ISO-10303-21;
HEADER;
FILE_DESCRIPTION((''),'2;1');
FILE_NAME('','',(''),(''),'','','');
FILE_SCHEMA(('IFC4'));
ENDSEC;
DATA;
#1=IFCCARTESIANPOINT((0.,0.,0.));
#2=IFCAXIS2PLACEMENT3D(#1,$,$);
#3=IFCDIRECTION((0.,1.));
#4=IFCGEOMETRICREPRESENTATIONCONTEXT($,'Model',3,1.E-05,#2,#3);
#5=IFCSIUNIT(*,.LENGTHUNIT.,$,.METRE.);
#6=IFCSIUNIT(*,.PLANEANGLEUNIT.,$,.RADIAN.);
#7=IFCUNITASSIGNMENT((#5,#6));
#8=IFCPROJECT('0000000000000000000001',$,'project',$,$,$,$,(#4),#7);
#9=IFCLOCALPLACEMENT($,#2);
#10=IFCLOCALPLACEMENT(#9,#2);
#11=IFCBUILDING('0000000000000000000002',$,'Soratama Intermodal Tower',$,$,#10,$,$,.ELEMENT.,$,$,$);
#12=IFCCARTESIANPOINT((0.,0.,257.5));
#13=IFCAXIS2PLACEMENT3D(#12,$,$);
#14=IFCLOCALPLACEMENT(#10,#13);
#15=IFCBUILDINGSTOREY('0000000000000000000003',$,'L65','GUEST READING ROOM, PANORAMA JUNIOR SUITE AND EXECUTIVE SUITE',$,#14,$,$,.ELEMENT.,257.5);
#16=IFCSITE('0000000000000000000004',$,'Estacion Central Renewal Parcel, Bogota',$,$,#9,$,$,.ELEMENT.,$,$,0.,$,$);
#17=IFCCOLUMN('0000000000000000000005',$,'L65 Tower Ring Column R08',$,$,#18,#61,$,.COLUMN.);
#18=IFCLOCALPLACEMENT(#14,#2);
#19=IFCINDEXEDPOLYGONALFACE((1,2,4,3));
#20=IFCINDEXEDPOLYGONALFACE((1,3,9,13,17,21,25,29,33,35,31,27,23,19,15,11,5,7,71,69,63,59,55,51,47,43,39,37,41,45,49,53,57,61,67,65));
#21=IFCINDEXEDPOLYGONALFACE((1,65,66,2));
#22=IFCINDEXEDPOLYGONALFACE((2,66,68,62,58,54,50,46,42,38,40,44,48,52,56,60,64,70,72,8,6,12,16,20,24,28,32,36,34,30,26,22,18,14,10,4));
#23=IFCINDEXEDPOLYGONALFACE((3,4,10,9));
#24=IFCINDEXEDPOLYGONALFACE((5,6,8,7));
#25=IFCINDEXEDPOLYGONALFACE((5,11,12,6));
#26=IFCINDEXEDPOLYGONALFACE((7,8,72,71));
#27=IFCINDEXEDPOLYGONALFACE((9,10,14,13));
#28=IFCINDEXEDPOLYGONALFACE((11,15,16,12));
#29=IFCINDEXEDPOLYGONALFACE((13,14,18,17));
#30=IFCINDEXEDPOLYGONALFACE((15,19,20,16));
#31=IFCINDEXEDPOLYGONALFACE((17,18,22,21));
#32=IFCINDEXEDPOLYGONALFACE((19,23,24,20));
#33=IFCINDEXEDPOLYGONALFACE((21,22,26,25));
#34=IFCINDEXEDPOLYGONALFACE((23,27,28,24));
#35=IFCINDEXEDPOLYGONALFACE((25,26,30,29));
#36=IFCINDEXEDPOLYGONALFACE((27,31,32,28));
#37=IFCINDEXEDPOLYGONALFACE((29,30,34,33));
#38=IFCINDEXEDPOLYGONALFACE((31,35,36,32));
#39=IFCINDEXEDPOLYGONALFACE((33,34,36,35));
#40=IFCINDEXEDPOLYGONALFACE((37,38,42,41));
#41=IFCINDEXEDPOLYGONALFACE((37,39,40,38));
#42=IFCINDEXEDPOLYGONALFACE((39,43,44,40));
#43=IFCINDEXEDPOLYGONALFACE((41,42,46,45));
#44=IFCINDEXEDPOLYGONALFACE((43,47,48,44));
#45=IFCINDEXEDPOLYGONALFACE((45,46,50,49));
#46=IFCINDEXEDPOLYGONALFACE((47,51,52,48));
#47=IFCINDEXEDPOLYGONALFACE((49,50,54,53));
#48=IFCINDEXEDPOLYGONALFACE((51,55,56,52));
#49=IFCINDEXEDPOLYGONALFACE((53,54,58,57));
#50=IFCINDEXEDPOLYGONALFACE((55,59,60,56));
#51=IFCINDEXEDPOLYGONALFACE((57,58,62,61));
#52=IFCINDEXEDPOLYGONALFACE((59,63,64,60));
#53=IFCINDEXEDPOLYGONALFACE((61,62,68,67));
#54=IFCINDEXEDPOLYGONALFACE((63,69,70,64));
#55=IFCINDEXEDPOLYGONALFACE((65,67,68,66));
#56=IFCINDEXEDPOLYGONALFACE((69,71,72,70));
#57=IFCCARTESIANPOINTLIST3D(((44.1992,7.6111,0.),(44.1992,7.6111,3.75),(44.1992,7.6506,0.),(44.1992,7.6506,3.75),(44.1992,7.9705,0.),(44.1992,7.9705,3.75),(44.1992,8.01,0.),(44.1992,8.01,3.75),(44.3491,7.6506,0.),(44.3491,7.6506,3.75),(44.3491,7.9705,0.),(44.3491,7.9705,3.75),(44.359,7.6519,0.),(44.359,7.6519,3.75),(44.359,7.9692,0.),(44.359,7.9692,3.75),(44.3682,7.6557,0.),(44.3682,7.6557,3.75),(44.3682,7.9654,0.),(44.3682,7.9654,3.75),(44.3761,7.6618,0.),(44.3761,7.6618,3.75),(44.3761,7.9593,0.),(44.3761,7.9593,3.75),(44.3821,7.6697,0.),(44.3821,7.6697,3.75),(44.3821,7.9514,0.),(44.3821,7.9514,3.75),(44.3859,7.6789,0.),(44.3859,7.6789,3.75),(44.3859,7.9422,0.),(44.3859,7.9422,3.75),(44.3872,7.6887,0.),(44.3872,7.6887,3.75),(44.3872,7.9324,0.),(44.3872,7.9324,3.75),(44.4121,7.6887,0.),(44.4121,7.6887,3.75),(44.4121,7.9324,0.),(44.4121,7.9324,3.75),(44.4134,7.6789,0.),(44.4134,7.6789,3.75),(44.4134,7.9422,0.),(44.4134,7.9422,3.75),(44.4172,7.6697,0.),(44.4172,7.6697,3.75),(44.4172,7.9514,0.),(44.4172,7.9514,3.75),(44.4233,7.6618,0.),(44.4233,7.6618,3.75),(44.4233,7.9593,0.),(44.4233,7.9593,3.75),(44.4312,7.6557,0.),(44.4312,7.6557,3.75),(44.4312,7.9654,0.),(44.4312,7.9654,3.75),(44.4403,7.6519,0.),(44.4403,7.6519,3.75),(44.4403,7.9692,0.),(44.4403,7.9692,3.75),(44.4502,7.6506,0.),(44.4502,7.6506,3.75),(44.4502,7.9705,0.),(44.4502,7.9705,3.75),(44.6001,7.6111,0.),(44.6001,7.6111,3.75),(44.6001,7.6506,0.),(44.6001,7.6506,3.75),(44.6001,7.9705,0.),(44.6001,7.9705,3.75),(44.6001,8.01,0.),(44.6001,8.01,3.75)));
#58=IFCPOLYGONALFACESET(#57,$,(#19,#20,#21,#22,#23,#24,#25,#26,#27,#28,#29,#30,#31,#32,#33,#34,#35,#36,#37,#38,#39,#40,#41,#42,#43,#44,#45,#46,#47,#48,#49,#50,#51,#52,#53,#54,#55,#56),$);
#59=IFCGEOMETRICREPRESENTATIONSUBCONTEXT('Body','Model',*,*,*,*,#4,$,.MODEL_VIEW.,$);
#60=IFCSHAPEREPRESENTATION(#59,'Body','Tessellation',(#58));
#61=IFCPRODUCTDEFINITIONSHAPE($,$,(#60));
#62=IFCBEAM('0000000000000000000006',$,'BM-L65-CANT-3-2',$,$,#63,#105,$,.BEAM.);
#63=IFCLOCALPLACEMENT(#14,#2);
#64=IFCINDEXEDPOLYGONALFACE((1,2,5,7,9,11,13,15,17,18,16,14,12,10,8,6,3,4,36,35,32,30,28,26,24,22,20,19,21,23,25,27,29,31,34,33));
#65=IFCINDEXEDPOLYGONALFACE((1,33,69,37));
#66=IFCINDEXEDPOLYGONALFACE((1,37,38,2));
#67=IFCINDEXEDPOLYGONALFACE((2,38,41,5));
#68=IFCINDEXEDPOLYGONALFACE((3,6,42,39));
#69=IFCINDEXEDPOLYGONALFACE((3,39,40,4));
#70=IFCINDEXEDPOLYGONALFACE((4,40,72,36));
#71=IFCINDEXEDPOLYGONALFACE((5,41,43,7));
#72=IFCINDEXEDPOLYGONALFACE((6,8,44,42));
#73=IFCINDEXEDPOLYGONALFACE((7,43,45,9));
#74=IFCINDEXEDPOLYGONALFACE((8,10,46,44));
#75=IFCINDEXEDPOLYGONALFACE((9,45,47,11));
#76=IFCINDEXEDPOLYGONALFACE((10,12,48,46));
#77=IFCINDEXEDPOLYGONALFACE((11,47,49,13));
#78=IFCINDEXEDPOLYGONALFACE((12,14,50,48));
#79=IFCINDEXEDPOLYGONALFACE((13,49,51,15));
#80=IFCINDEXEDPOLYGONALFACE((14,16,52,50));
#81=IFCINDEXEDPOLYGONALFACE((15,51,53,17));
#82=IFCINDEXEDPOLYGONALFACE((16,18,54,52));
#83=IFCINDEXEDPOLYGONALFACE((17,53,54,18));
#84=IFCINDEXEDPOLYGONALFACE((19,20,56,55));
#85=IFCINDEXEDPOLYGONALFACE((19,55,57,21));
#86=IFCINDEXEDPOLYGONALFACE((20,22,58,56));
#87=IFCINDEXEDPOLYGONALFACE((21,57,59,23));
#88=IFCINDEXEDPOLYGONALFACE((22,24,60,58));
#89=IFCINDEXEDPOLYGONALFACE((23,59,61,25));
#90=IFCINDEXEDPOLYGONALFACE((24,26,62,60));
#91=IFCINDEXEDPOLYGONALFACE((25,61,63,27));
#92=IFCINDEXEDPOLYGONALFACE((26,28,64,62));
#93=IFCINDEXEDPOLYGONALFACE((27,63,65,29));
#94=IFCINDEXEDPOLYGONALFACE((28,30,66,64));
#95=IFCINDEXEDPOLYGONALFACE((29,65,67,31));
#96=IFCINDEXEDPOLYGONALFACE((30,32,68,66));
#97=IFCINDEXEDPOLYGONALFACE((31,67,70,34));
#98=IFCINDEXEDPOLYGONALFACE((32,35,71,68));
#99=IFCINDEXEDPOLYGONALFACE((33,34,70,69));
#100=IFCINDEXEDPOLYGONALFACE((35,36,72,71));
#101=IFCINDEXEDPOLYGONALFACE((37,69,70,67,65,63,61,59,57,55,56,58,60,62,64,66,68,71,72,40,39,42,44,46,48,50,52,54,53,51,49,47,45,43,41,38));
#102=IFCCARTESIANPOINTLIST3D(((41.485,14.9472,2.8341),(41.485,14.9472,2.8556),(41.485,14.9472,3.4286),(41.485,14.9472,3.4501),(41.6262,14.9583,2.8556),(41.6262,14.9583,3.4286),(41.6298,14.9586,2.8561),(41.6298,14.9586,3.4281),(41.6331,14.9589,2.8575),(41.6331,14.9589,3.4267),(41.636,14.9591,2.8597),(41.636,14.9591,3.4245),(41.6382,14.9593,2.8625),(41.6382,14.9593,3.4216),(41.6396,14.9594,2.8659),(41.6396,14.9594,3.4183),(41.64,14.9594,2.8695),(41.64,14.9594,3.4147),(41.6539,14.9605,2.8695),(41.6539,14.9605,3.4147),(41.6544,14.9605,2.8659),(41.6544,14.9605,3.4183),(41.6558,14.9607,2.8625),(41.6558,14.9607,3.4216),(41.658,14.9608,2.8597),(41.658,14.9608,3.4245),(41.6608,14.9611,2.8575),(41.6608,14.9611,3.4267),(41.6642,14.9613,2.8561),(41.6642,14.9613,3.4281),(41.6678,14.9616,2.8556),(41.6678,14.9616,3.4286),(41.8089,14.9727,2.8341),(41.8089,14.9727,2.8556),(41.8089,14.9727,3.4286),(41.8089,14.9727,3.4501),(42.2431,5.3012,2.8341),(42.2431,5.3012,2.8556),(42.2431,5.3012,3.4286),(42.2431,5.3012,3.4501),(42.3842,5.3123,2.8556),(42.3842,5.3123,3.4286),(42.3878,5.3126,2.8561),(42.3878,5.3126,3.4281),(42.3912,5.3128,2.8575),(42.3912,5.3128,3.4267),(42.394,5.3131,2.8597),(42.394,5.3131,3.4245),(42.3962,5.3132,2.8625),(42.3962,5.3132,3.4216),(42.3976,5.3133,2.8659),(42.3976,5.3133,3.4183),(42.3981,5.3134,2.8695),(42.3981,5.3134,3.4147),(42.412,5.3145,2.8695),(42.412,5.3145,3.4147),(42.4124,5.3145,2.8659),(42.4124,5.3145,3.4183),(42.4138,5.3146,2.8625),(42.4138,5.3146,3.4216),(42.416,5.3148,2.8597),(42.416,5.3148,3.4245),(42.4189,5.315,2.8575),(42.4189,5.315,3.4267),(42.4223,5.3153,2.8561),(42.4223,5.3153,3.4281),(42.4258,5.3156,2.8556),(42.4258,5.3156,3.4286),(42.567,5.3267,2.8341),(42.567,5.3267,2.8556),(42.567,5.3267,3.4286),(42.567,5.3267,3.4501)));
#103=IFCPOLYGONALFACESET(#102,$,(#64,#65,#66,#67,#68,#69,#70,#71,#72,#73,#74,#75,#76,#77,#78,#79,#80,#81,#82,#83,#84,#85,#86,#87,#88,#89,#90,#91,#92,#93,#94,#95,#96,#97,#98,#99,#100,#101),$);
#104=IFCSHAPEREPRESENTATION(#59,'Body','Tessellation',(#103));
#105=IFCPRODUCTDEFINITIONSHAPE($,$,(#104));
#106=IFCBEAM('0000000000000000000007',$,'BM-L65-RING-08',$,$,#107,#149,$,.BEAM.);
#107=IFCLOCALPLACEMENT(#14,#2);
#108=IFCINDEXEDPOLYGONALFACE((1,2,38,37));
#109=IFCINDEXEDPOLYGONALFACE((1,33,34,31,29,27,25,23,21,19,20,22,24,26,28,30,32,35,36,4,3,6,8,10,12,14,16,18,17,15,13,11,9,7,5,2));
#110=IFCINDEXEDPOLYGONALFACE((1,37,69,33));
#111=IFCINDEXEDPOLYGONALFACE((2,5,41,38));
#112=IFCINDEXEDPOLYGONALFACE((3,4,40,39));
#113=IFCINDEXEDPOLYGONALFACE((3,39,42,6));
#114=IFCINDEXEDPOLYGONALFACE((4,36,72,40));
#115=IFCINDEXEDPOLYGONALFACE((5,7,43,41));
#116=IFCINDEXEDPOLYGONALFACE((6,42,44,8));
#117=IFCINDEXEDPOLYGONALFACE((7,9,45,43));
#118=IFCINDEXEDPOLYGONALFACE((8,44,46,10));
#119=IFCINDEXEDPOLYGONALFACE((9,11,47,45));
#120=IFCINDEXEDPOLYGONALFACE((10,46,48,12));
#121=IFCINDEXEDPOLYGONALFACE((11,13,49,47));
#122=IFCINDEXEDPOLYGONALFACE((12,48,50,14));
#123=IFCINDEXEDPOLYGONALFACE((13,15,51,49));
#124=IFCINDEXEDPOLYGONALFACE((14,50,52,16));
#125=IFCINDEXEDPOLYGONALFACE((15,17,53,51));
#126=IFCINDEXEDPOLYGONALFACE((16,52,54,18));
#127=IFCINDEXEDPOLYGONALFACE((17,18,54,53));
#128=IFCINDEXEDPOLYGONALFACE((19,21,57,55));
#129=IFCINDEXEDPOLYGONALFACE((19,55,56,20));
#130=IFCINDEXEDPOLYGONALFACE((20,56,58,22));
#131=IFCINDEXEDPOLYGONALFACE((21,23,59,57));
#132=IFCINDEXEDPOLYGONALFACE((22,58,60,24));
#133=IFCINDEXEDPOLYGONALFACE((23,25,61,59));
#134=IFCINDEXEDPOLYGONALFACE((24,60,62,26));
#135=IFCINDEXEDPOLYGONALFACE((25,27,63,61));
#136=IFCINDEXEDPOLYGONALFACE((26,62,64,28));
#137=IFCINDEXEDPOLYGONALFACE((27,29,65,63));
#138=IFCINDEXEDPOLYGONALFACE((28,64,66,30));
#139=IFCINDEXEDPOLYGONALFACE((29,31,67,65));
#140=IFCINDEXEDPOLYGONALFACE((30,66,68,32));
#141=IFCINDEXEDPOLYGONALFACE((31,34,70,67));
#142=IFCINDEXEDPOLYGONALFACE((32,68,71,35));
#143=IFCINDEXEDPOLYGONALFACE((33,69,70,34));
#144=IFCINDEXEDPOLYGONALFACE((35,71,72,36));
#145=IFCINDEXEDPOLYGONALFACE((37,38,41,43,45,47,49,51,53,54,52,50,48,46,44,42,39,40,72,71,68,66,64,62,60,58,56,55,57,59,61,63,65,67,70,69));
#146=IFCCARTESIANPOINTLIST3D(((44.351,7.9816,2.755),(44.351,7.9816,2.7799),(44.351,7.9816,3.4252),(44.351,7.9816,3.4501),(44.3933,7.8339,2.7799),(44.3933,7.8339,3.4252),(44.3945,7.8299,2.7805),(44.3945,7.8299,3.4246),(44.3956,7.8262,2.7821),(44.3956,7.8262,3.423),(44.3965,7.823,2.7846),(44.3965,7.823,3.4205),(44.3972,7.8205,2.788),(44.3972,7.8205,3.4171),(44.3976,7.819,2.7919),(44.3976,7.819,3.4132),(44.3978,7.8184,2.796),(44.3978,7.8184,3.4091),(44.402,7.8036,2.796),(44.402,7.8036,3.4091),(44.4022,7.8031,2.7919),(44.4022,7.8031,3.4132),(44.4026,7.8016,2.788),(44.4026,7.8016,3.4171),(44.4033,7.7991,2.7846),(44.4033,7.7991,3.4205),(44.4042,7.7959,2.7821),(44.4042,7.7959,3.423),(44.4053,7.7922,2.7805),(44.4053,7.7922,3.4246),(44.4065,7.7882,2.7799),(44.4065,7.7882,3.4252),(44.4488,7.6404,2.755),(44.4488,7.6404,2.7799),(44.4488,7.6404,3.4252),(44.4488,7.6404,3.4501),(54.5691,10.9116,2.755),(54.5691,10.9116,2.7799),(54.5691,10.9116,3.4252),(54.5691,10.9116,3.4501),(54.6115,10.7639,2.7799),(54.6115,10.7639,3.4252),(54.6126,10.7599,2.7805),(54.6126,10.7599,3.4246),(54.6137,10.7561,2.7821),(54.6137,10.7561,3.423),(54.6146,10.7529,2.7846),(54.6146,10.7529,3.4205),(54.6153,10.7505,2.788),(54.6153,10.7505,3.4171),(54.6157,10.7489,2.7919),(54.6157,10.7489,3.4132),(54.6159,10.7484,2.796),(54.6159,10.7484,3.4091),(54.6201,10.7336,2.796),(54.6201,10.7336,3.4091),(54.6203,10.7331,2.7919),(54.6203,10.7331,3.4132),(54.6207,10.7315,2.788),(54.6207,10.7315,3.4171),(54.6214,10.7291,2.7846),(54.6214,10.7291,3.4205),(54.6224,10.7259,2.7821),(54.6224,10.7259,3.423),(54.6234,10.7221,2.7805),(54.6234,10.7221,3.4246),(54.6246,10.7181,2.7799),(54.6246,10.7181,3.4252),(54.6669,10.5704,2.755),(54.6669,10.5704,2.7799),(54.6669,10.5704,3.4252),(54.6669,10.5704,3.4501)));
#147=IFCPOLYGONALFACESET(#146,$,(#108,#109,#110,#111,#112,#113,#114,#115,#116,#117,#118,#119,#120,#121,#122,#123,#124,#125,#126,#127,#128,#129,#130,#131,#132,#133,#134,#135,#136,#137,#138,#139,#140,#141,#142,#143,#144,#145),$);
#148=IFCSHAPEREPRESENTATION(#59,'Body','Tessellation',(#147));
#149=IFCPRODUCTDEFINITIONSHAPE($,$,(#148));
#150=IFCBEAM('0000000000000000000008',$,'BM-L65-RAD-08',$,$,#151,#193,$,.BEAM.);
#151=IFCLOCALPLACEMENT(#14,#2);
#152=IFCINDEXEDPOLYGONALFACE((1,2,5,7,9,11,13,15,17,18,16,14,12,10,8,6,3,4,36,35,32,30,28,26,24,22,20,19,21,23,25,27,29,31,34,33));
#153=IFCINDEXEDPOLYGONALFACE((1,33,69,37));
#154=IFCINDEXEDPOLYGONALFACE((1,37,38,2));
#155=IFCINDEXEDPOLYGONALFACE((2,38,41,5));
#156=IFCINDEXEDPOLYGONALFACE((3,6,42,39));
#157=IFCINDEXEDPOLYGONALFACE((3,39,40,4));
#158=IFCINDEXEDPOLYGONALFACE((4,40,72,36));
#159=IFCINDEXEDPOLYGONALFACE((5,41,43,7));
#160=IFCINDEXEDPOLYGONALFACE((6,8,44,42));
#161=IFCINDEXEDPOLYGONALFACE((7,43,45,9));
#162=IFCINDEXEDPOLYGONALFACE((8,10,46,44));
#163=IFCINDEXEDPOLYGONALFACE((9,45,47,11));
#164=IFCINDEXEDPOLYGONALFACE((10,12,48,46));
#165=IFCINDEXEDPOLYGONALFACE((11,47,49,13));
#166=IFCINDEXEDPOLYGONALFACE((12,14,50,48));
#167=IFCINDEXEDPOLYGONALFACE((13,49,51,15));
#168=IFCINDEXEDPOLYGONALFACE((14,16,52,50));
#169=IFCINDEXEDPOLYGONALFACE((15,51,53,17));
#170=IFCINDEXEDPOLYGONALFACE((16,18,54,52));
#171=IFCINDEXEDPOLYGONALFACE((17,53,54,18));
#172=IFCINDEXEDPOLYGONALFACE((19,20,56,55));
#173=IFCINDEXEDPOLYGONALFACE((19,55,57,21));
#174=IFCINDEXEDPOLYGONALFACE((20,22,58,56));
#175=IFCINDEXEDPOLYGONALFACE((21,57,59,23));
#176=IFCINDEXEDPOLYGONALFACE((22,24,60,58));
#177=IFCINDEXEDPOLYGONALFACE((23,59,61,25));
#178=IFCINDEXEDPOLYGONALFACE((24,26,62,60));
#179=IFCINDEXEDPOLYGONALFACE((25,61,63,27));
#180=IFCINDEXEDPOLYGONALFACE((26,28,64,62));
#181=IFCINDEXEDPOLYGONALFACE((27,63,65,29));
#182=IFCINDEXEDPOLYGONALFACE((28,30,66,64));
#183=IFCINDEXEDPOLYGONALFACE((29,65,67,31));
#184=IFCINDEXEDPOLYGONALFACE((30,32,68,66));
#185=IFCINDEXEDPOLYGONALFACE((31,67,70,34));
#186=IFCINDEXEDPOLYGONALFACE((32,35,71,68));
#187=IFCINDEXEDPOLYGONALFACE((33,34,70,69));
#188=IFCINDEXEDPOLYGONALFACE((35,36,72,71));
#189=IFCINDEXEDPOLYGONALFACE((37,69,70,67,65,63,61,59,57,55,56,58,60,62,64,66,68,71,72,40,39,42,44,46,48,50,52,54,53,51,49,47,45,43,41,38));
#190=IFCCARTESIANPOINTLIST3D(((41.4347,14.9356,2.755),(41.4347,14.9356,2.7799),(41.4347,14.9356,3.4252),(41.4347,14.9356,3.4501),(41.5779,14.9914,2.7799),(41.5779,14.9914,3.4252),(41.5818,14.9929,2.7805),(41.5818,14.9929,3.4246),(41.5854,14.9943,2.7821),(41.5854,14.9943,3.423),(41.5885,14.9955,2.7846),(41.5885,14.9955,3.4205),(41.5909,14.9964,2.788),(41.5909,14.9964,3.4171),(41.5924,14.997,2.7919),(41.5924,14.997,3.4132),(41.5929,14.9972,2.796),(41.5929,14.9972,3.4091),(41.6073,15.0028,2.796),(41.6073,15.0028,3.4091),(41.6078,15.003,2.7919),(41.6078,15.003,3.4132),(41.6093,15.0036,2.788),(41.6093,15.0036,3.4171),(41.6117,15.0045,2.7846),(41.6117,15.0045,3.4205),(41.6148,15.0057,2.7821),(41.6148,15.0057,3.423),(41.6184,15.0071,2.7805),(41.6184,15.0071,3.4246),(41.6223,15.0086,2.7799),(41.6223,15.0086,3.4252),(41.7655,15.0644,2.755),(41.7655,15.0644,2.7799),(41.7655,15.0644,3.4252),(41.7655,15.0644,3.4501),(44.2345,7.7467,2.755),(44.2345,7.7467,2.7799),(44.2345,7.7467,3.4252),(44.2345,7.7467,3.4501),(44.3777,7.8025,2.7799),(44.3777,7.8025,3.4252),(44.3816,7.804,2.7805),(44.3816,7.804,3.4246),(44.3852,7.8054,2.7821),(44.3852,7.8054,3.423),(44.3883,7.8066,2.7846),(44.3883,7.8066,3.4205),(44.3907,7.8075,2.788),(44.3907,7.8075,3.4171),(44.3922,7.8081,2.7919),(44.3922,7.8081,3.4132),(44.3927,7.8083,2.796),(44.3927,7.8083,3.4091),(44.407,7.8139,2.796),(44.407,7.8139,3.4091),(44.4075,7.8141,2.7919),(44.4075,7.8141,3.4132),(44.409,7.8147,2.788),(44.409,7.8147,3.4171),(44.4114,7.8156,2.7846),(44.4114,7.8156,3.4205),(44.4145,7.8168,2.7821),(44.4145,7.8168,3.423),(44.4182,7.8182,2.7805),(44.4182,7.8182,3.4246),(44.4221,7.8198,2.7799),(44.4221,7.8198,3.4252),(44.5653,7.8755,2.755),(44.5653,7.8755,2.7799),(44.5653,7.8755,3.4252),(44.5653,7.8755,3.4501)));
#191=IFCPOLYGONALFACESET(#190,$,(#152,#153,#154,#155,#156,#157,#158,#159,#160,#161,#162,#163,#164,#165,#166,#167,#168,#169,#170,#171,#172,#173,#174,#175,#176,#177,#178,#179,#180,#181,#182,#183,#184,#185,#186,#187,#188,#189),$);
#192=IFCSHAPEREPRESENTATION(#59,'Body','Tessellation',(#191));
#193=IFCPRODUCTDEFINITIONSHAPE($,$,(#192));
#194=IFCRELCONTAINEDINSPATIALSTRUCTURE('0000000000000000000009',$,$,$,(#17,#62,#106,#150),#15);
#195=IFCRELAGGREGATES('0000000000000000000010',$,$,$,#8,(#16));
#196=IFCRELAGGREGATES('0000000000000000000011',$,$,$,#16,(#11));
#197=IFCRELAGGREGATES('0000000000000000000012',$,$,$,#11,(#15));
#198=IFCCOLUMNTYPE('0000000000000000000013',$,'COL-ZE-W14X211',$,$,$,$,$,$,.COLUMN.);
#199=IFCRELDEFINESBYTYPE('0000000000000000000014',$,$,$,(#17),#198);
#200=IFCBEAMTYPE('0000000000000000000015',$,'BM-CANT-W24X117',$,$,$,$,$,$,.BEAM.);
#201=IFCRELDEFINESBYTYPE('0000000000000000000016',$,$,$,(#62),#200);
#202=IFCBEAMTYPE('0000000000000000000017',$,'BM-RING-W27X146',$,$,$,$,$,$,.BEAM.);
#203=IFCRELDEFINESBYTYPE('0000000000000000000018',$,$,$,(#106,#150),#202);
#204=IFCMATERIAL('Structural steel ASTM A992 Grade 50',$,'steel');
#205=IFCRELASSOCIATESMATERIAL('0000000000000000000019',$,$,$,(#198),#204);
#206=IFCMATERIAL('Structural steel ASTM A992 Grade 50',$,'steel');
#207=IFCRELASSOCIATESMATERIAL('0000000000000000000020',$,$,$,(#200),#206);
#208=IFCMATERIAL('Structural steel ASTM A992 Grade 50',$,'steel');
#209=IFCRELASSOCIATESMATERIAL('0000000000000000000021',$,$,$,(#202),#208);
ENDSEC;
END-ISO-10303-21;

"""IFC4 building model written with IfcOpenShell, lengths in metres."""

from ifc_helpers import new_model, si_unit, direction, frame, origin, origin_2d, place, context, subcontext, project, spatial, i_section, extrude, material, material_profile, profile_set, type_object, element, save


model = new_model("IFC4")

# Units and contexts
model_context = context("Model", 3, precision=1e-05, world=origin(), true_north=direction((0.0, 1.0)))
body_context = subcontext(model_context, "Body", "Model", "MODEL_VIEW")
ifc_project = project(units=[si_unit("LENGTHUNIT", "METRE"), si_unit("PLANEANGLEUNIT", "RADIAN")], contexts=[model_context])

# Site, building, storey
site_placement = place(None, origin())
site = spatial("IfcSite", under=ifc_project, at=site_placement, Name="Estacion Central Renewal Parcel, Bogota", CompositionType="ELEMENT", RefElevation=0.0)
building_placement = place(site_placement, origin())
building = spatial("IfcBuilding", under=site, at=building_placement, Name="Soratama Intermodal Tower", CompositionType="ELEMENT")
storey_placement = place(building_placement, frame((0.0, 0.0, 257.5)))
storey = spatial("IfcBuildingStorey", under=building, at=storey_placement, Name="L65", Description="GUEST READING ROOM, PANORAMA JUNIOR SUITE AND EXECUTIVE SUITE", CompositionType="ELEMENT", Elevation=257.5)

# Column
ifc_material_1 = material(Name="Structural steel ASTM A992 Grade 50", Category="steel")
ifc_material_profile_1 = material_profile(ifc_material_1, i_section(OverallWidth=0.4009, OverallDepth=0.3989, WebThickness=0.0249, FlangeThickness=0.0396, FilletRadius=0.0381, at=origin_2d()), Name="W14X211")
ifc_profile_set_1 = profile_set([ifc_material_profile_1], Name="Structural steel ASTM A992 Grade 50")
column_type = type_object("IfcColumnType", Name="COL-ZE-W14X211", PredefinedType="COLUMN", material=ifc_profile_set_1)
column_placement = place(storey_placement, frame((44.3997, 7.8105, 0.0), z_axis=(0.0, 0.0, 1.0), x_axis=(1.0, 0.0, 0.0)))
element("IfcColumn", 1, at=column_placement, inside=storey, type_object=column_type, Name="L65 Tower Ring Column R08", PredefinedType="COLUMN", context=body_context, shape_type="SweptSolid", body=[
    extrude(i_section(OverallWidth=0.4009, OverallDepth=0.3989, WebThickness=0.0249, FlangeThickness=0.0396, FilletRadius=0.0381, at=origin_2d()), origin(), (0.0, 0.0, 1.0), 3.75),
])

# Beams
ifc_material_2 = material(Name="Structural steel ASTM A992 Grade 50", Category="steel")
ifc_material_profile_2 = material_profile(ifc_material_2, i_section(OverallWidth=0.325, OverallDepth=0.616, WebThickness=0.0139, FlangeThickness=0.0215, FilletRadius=0.0139, at=origin_2d()), Name="W24X117")
ifc_profile_set_2 = profile_set([ifc_material_profile_2], Name="Structural steel ASTM A992 Grade 50")
beam_type_1 = type_object("IfcBeamType", Name="BM-CANT-W24X117", PredefinedType="BEAM", material=ifc_profile_set_2)
beam_1_placement = place(storey_placement, frame((41.647, 14.96, 3.1421), z_axis=(0.078346, -0.996926, 0.0), x_axis=(0.996926, 0.078346, 0.0)))
element("IfcBeam", 2, at=beam_1_placement, inside=storey, type_object=beam_type_1, Name="BM-L65-CANT-3-2", PredefinedType="BEAM", context=body_context, shape_type="SweptSolid", body=[
    extrude(i_section(OverallWidth=0.325, OverallDepth=0.616, WebThickness=0.0139, FlangeThickness=0.0215, FilletRadius=0.0139, at=origin_2d()), origin(), (0.0, 0.0, 1.0), 9.6758),
])
ifc_material_3 = material(Name="Structural steel ASTM A992 Grade 50", Category="steel")
ifc_material_profile_3 = material_profile(ifc_material_3, i_section(OverallWidth=0.355, OverallDepth=0.6951, WebThickness=0.0154, FlangeThickness=0.0249, FilletRadius=0.0161, at=origin_2d()), Name="W27X146")
ifc_profile_set_3 = profile_set([ifc_material_profile_3], Name="Structural steel ASTM A992 Grade 50")
beam_type_2 = type_object("IfcBeamType", Name="BM-RING-W27X146", PredefinedType="BEAM", material=ifc_profile_set_3)
beam_2_placement = place(storey_placement, frame((44.3999, 7.811, 3.1025), z_axis=(0.961263, 0.275634, 0.0), x_axis=(-0.275634, 0.961263, 0.0)))
element("IfcBeam", 3, at=beam_2_placement, inside=storey, type_object=beam_type_2, Name="BM-L65-RING-08", PredefinedType="BEAM", context=body_context, shape_type="SweptSolid", body=[
    extrude(i_section(OverallWidth=0.355, OverallDepth=0.6951, WebThickness=0.0154, FlangeThickness=0.0249, FilletRadius=0.0161, at=origin_2d()), origin(), (0.0, 0.0, 1.0), 10.6299),
])
beam_3_placement = place(storey_placement, frame((41.6001, 15.0, 3.1025), z_axis=(0.362907, -0.931825, 0.0), x_axis=(0.931825, 0.362907, 0.0)))
element("IfcBeam", 4, at=beam_3_placement, inside=storey, type_object=beam_type_2, Name="BM-L65-RAD-08", PredefinedType="BEAM", context=body_context, shape_type="SweptSolid", body=[
    extrude(i_section(OverallWidth=0.355, OverallDepth=0.6951, WebThickness=0.0154, FlangeThickness=0.0249, FilletRadius=0.0161, at=origin_2d()), origin(), (0.0, 0.0, 1.0), 7.7148),
])

save(model, "model.ifc")
